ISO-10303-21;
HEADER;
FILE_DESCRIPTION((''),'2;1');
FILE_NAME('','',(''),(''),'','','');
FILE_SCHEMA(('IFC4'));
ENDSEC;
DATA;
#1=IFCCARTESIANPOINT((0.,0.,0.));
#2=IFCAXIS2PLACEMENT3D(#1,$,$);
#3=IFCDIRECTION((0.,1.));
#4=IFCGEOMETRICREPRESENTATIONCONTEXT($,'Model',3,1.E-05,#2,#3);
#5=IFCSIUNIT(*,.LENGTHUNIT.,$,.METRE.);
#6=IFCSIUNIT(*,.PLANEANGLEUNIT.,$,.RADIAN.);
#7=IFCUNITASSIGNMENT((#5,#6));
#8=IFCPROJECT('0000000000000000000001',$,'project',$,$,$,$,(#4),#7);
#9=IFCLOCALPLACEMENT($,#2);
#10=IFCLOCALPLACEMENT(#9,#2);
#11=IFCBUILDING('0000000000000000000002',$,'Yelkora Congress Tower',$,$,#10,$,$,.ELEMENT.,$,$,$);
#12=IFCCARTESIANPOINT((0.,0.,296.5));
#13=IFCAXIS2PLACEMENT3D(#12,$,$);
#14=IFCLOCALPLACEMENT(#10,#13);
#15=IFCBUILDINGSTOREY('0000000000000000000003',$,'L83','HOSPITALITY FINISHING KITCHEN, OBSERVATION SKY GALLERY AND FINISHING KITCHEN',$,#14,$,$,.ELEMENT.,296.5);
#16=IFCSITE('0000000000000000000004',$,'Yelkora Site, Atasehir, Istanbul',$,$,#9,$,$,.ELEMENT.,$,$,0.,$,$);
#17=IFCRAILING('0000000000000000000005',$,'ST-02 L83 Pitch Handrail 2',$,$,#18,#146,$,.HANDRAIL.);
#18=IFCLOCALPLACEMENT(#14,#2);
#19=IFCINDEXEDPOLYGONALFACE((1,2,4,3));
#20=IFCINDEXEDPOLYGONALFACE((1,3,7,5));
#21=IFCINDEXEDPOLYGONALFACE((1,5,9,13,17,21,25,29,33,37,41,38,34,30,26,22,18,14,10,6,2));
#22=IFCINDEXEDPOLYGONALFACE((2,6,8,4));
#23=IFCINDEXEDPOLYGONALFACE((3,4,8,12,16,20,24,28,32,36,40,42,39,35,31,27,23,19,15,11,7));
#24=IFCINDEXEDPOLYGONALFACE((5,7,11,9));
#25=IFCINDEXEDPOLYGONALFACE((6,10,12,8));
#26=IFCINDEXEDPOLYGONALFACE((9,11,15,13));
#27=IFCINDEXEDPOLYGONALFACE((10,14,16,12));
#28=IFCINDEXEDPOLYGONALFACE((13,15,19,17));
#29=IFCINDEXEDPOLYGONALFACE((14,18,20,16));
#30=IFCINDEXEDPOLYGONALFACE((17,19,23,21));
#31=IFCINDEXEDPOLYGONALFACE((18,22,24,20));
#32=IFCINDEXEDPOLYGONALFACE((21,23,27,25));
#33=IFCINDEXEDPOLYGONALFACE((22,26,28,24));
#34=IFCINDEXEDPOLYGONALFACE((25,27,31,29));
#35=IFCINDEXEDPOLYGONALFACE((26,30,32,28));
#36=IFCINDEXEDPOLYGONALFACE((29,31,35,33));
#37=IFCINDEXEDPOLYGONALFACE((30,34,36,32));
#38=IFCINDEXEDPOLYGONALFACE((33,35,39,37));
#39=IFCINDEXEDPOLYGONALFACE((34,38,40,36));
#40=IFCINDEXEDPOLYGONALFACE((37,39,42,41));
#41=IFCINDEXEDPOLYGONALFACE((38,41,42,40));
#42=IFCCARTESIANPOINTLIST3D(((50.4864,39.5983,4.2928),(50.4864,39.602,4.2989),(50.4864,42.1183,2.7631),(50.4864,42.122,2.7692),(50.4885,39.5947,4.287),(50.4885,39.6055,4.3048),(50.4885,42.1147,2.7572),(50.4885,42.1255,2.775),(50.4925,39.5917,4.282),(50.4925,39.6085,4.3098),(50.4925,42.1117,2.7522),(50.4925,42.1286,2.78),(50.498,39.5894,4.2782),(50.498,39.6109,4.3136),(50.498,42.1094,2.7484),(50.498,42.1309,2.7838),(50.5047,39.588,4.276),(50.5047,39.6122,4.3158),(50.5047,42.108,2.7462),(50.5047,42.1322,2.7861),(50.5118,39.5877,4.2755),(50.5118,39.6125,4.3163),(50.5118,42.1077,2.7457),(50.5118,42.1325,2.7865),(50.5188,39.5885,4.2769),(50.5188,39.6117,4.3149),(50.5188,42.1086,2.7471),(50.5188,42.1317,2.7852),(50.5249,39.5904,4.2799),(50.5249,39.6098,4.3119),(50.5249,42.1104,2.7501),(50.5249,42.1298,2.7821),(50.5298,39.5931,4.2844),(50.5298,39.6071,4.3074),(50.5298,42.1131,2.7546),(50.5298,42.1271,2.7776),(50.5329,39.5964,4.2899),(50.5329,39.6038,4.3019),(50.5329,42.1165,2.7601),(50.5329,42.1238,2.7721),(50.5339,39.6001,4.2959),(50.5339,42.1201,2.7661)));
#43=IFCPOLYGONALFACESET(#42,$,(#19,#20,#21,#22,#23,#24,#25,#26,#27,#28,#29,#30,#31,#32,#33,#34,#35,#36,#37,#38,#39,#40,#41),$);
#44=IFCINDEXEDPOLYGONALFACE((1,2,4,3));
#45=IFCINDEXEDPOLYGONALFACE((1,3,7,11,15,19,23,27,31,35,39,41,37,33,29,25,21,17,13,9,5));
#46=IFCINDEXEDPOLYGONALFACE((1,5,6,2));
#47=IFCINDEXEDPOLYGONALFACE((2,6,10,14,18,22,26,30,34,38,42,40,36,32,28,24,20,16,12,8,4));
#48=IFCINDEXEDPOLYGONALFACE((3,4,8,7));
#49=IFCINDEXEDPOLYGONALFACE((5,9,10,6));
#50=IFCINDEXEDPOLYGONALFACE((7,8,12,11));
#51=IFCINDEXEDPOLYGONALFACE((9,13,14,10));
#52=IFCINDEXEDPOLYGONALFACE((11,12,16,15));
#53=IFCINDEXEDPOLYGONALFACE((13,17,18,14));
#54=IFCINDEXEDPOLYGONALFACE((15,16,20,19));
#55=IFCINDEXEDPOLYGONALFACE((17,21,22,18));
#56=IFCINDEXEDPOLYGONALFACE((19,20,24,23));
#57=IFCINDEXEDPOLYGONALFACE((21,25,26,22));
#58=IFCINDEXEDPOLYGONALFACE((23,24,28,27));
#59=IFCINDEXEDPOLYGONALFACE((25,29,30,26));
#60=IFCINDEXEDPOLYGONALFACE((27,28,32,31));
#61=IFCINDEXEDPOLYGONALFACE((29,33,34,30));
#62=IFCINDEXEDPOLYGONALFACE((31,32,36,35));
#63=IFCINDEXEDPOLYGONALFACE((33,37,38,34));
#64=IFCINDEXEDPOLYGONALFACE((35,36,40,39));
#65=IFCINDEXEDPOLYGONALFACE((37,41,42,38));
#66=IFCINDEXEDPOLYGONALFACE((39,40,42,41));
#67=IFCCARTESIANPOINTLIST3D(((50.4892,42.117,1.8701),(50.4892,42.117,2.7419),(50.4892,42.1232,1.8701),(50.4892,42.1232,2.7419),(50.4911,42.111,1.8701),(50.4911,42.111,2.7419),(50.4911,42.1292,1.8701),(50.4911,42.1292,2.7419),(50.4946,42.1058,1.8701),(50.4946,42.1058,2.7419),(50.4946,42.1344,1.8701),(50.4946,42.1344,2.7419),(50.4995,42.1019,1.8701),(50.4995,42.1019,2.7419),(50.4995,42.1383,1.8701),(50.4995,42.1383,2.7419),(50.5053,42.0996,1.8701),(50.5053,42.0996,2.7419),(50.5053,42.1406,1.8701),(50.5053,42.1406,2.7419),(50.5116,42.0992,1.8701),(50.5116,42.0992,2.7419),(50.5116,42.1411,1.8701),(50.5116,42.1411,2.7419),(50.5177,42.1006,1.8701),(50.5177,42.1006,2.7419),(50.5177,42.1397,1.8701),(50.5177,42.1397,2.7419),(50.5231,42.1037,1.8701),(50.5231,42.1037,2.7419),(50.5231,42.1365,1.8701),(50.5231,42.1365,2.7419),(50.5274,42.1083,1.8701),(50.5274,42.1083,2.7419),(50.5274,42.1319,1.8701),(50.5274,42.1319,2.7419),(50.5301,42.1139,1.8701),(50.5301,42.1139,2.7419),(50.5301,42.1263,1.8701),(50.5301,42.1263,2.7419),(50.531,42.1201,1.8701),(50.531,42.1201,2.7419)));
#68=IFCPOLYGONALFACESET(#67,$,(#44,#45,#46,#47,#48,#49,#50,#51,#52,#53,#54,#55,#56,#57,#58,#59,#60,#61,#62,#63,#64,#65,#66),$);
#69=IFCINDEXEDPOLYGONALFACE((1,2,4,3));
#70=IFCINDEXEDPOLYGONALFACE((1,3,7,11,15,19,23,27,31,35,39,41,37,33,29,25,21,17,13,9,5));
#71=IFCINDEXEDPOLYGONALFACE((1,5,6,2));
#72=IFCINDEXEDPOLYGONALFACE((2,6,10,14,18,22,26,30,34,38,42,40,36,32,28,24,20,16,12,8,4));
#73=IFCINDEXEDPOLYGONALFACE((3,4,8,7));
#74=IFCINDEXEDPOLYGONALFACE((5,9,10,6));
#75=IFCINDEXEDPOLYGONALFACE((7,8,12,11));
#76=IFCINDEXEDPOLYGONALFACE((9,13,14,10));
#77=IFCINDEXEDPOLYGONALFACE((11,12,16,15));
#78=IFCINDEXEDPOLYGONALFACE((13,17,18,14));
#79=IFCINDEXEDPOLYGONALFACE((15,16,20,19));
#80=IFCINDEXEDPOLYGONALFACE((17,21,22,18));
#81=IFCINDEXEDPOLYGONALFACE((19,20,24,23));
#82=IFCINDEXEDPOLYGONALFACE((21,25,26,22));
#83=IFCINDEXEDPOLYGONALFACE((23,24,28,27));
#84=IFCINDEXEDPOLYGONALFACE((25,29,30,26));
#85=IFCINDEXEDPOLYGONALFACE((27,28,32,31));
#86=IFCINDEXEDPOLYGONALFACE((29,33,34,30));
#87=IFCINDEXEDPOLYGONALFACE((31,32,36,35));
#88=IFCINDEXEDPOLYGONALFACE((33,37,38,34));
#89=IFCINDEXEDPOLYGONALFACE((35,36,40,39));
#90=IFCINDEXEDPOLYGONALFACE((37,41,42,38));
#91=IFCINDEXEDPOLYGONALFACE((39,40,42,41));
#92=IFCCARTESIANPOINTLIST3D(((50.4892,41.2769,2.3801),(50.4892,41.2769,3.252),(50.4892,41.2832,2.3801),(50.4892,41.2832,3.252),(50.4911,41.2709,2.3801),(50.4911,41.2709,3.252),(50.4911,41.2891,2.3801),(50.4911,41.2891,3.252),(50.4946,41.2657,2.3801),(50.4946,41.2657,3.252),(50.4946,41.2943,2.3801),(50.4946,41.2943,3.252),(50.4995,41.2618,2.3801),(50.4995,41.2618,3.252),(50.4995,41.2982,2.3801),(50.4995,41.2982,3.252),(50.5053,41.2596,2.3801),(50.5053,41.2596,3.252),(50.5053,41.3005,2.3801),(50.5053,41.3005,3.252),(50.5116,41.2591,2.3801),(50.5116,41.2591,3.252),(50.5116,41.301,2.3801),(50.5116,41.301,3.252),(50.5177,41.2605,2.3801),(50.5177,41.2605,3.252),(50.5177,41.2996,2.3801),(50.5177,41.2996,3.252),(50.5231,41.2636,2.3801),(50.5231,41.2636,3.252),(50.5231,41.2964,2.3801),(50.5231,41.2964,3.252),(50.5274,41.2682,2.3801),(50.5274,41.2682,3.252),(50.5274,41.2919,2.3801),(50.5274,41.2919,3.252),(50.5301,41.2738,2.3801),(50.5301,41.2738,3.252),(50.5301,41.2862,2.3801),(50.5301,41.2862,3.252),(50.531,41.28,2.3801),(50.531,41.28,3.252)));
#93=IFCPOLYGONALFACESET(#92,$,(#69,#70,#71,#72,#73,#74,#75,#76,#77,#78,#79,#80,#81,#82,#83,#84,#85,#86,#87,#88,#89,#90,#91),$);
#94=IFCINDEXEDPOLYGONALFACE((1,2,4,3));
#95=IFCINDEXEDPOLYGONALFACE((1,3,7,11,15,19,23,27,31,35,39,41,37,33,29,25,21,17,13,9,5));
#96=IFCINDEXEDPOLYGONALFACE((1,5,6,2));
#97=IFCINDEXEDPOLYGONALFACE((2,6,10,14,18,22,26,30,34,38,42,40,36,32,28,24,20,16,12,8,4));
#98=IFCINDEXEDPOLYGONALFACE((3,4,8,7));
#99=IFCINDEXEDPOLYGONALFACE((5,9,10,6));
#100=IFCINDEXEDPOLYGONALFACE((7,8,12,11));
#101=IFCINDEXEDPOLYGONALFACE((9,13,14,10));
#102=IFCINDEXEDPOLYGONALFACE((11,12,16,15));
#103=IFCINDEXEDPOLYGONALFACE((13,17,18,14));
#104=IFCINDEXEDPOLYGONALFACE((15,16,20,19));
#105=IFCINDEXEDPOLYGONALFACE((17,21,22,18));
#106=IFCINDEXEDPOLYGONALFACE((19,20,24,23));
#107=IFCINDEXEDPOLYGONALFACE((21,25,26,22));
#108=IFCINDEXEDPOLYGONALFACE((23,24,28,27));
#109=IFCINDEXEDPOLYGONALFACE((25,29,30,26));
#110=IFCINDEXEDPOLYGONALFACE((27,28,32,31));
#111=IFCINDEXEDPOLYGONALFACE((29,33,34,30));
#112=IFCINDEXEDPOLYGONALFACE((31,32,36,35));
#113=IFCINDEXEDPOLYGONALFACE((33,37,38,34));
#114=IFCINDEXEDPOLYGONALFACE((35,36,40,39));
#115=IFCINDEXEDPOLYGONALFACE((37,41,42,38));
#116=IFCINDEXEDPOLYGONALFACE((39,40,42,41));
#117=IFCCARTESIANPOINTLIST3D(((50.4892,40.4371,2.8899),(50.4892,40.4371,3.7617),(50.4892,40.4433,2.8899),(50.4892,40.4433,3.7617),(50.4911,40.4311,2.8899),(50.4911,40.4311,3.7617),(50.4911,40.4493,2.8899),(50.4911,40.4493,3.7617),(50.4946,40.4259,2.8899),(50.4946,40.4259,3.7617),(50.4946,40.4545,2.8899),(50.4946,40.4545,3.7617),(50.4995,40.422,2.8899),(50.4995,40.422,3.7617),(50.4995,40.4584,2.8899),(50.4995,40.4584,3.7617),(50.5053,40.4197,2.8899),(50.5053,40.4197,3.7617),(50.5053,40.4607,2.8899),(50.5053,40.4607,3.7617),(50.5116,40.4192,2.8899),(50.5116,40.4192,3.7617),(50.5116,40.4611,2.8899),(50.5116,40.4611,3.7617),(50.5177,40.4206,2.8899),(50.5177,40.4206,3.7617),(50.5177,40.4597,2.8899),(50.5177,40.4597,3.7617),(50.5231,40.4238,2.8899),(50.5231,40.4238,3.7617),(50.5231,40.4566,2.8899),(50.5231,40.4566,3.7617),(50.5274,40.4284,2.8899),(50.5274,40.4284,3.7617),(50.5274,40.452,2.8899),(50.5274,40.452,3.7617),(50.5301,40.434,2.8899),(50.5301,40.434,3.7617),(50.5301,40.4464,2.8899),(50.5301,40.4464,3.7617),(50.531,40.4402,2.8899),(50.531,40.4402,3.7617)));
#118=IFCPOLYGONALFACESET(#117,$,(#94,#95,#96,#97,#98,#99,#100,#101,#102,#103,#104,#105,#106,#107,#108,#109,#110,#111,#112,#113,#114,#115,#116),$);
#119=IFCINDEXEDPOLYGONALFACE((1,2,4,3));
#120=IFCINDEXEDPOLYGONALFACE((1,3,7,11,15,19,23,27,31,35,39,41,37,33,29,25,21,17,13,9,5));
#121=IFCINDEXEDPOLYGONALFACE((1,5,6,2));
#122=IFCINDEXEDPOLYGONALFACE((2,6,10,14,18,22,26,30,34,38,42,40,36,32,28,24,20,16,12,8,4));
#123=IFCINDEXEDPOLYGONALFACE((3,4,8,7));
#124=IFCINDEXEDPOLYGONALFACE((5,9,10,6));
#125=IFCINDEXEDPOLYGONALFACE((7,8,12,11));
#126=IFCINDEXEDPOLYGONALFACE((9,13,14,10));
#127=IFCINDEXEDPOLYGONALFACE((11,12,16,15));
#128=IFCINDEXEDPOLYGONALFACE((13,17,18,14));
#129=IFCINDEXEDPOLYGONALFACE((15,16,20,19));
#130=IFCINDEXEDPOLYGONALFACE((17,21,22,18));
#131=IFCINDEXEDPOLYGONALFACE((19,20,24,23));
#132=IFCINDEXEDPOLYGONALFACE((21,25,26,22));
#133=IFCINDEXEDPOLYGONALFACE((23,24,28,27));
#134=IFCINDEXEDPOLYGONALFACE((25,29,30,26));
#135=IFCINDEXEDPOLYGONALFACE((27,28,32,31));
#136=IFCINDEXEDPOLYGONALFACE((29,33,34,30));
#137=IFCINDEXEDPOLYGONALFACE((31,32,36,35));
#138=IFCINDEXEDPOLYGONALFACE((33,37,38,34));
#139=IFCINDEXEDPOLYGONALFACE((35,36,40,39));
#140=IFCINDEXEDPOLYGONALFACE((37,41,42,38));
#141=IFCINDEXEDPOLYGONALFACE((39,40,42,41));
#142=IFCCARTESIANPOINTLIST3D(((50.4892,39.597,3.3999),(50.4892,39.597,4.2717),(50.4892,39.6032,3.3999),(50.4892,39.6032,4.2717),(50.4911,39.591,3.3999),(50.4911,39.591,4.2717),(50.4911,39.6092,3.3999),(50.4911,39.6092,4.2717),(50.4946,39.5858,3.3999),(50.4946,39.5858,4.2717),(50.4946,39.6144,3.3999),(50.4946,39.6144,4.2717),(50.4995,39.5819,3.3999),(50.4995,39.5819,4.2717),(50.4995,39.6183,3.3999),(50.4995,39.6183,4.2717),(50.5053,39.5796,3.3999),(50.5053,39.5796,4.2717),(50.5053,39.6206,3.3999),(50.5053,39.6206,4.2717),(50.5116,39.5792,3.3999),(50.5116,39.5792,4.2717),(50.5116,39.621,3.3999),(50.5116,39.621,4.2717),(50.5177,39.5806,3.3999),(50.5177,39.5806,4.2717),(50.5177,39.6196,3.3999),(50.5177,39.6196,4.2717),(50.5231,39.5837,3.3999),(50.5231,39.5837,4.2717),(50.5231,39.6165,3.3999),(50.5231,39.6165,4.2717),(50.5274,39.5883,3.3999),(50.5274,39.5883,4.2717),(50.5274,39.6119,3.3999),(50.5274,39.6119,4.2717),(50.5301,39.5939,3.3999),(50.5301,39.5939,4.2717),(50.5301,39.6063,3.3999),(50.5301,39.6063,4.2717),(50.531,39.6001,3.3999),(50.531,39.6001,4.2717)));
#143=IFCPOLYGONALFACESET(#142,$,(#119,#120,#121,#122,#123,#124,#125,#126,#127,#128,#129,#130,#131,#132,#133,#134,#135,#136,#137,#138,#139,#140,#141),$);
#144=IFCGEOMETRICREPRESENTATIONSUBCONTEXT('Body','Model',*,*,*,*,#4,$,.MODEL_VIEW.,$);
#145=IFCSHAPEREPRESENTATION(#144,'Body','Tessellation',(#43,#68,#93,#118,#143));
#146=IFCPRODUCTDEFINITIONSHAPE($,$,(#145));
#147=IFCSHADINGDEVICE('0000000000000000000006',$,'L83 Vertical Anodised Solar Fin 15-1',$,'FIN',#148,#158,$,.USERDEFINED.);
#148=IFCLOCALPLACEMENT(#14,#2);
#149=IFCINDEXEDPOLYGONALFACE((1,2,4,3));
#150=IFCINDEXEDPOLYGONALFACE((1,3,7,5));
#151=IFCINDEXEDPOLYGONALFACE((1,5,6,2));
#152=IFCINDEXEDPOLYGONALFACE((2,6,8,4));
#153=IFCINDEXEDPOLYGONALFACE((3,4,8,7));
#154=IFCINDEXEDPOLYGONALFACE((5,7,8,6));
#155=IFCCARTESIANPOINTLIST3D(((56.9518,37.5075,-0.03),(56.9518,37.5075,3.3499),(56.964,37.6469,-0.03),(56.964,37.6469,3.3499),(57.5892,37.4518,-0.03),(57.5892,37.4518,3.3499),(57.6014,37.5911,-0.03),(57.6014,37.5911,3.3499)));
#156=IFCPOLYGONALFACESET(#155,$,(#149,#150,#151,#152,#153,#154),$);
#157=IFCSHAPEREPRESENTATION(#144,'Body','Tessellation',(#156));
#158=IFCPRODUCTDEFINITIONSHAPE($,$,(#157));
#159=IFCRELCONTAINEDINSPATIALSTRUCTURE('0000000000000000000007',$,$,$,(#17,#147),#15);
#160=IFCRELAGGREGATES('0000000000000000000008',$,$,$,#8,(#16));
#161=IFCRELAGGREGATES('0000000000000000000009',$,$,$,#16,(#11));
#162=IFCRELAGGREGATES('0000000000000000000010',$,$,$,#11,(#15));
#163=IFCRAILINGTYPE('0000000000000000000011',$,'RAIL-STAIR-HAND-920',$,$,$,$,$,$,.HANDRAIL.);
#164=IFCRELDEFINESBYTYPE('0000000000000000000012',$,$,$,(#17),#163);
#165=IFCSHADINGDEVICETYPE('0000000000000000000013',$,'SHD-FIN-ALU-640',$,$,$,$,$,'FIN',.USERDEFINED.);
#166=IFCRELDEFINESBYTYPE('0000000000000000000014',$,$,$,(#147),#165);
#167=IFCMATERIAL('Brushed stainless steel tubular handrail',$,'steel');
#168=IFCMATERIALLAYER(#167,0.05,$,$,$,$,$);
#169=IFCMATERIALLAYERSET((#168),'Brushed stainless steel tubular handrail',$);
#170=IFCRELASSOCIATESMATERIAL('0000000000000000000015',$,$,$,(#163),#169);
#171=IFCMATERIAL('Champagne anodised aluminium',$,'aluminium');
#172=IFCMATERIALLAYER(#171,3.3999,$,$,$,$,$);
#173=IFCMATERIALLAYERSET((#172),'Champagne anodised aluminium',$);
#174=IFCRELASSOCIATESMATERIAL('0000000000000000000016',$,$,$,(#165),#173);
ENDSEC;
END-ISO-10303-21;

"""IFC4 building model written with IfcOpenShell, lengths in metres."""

from ifc_helpers import new_model, si_unit, direction, frame, origin, origin_2d, place, context, subcontext, project, spatial, rectangle, circle, extrude, material, layer, layer_set, type_object, element, save


model = new_model("IFC4")

# Units and contexts
model_context = context("Model", 3, precision=1e-05, world=origin(), true_north=direction((0.0, 1.0)))
body_context = subcontext(model_context, "Body", "Model", "MODEL_VIEW")
ifc_project = project(units=[si_unit("LENGTHUNIT", "METRE"), si_unit("PLANEANGLEUNIT", "RADIAN")], contexts=[model_context])

# Site, building, storey
site_placement = place(None, origin())
site = spatial("IfcSite", under=ifc_project, at=site_placement, Name="Yelkora Site, Atasehir, Istanbul", CompositionType="ELEMENT", RefElevation=0.0)
building_placement = place(site_placement, origin())
building = spatial("IfcBuilding", under=site, at=building_placement, Name="Yelkora Congress Tower", CompositionType="ELEMENT")
storey_placement = place(building_placement, frame((0.0, 0.0, 296.5)))
storey = spatial("IfcBuildingStorey", under=building, at=storey_placement, Name="L83", Description="HOSPITALITY FINISHING KITCHEN, OBSERVATION SKY GALLERY AND FINISHING KITCHEN", CompositionType="ELEMENT", Elevation=296.5)

# Railing
ifc_material_1 = material(Name="Brushed stainless steel tubular handrail", Category="steel")
ifc_layer_1 = layer(ifc_material_1, 0.05)
ifc_layer_set_1 = layer_set([ifc_layer_1], Name="Brushed stainless steel tubular handrail")
railing_type_1 = type_object("IfcRailingType", Name="RAIL-STAIR-HAND-920", PredefinedType="HANDRAIL", material=ifc_layer_set_1)
railing_1_placement = place(storey_placement, frame((50.51, 42.1201, 1.8701)))
element("IfcRailing", 1, at=railing_1_placement, inside=storey, type_object=railing_type_1, Name="ST-02 L83 Pitch Handrail 2", PredefinedType="HANDRAIL", context=body_context, shape_type="SweptSolid", body=[
    extrude(circle(Radius=0.0239, at=origin_2d()), frame((0.0, 0.0, 0.896), z_axis=(0.0, -0.854822, 0.518922), x_axis=(1.0, 0.0, 0.0)), (0.0, 0.0, 1.0), 2.948),
    extrude(circle(Radius=0.021, at=origin_2d()), origin(), (0.0, 0.0, 1.0), 0.8718),
    extrude(circle(Radius=0.021, at=origin_2d()), frame((0.0, -0.8401, 0.51)), (0.0, 0.0, 1.0), 0.8718),
    extrude(circle(Radius=0.021, at=origin_2d()), frame((0.0, -1.6799, 1.0198)), (0.0, 0.0, 1.0), 0.8718),
    extrude(circle(Radius=0.021, at=origin_2d()), frame((0.0, -2.52, 1.5298)), (0.0, 0.0, 1.0), 0.8718),
])

# Shading device
ifc_material_2 = material(Name="Champagne anodised aluminium", Category="aluminium")
ifc_layer_2 = layer(ifc_material_2, 3.3999)
ifc_layer_set_2 = layer_set([ifc_layer_2], Name="Champagne anodised aluminium")
shading_device_type = type_object("IfcShadingDeviceType", Name="SHD-FIN-ALU-640", ElementType="FIN", PredefinedType="USERDEFINED", material=ifc_layer_set_2)
shading_device_placement = place(storey_placement, frame((57.2766, 37.5493, -0.03), z_axis=(0.0, 0.0, 1.0), x_axis=(-0.087156, -0.996195, 0.0)))
element("IfcShadingDevice", 2, at=shading_device_placement, inside=storey, type_object=shading_device_type, Name="L83 Vertical Anodised Solar Fin 15-1", ObjectType="FIN", PredefinedType="USERDEFINED", context=body_context, shape_type="SweptSolid", body=[
    extrude(rectangle(XDim=0.1399, YDim=0.6399, at=origin_2d()), origin(), (0.0, 0.0, 1.0), 3.3799),
])

save(model, "model.ifc")
